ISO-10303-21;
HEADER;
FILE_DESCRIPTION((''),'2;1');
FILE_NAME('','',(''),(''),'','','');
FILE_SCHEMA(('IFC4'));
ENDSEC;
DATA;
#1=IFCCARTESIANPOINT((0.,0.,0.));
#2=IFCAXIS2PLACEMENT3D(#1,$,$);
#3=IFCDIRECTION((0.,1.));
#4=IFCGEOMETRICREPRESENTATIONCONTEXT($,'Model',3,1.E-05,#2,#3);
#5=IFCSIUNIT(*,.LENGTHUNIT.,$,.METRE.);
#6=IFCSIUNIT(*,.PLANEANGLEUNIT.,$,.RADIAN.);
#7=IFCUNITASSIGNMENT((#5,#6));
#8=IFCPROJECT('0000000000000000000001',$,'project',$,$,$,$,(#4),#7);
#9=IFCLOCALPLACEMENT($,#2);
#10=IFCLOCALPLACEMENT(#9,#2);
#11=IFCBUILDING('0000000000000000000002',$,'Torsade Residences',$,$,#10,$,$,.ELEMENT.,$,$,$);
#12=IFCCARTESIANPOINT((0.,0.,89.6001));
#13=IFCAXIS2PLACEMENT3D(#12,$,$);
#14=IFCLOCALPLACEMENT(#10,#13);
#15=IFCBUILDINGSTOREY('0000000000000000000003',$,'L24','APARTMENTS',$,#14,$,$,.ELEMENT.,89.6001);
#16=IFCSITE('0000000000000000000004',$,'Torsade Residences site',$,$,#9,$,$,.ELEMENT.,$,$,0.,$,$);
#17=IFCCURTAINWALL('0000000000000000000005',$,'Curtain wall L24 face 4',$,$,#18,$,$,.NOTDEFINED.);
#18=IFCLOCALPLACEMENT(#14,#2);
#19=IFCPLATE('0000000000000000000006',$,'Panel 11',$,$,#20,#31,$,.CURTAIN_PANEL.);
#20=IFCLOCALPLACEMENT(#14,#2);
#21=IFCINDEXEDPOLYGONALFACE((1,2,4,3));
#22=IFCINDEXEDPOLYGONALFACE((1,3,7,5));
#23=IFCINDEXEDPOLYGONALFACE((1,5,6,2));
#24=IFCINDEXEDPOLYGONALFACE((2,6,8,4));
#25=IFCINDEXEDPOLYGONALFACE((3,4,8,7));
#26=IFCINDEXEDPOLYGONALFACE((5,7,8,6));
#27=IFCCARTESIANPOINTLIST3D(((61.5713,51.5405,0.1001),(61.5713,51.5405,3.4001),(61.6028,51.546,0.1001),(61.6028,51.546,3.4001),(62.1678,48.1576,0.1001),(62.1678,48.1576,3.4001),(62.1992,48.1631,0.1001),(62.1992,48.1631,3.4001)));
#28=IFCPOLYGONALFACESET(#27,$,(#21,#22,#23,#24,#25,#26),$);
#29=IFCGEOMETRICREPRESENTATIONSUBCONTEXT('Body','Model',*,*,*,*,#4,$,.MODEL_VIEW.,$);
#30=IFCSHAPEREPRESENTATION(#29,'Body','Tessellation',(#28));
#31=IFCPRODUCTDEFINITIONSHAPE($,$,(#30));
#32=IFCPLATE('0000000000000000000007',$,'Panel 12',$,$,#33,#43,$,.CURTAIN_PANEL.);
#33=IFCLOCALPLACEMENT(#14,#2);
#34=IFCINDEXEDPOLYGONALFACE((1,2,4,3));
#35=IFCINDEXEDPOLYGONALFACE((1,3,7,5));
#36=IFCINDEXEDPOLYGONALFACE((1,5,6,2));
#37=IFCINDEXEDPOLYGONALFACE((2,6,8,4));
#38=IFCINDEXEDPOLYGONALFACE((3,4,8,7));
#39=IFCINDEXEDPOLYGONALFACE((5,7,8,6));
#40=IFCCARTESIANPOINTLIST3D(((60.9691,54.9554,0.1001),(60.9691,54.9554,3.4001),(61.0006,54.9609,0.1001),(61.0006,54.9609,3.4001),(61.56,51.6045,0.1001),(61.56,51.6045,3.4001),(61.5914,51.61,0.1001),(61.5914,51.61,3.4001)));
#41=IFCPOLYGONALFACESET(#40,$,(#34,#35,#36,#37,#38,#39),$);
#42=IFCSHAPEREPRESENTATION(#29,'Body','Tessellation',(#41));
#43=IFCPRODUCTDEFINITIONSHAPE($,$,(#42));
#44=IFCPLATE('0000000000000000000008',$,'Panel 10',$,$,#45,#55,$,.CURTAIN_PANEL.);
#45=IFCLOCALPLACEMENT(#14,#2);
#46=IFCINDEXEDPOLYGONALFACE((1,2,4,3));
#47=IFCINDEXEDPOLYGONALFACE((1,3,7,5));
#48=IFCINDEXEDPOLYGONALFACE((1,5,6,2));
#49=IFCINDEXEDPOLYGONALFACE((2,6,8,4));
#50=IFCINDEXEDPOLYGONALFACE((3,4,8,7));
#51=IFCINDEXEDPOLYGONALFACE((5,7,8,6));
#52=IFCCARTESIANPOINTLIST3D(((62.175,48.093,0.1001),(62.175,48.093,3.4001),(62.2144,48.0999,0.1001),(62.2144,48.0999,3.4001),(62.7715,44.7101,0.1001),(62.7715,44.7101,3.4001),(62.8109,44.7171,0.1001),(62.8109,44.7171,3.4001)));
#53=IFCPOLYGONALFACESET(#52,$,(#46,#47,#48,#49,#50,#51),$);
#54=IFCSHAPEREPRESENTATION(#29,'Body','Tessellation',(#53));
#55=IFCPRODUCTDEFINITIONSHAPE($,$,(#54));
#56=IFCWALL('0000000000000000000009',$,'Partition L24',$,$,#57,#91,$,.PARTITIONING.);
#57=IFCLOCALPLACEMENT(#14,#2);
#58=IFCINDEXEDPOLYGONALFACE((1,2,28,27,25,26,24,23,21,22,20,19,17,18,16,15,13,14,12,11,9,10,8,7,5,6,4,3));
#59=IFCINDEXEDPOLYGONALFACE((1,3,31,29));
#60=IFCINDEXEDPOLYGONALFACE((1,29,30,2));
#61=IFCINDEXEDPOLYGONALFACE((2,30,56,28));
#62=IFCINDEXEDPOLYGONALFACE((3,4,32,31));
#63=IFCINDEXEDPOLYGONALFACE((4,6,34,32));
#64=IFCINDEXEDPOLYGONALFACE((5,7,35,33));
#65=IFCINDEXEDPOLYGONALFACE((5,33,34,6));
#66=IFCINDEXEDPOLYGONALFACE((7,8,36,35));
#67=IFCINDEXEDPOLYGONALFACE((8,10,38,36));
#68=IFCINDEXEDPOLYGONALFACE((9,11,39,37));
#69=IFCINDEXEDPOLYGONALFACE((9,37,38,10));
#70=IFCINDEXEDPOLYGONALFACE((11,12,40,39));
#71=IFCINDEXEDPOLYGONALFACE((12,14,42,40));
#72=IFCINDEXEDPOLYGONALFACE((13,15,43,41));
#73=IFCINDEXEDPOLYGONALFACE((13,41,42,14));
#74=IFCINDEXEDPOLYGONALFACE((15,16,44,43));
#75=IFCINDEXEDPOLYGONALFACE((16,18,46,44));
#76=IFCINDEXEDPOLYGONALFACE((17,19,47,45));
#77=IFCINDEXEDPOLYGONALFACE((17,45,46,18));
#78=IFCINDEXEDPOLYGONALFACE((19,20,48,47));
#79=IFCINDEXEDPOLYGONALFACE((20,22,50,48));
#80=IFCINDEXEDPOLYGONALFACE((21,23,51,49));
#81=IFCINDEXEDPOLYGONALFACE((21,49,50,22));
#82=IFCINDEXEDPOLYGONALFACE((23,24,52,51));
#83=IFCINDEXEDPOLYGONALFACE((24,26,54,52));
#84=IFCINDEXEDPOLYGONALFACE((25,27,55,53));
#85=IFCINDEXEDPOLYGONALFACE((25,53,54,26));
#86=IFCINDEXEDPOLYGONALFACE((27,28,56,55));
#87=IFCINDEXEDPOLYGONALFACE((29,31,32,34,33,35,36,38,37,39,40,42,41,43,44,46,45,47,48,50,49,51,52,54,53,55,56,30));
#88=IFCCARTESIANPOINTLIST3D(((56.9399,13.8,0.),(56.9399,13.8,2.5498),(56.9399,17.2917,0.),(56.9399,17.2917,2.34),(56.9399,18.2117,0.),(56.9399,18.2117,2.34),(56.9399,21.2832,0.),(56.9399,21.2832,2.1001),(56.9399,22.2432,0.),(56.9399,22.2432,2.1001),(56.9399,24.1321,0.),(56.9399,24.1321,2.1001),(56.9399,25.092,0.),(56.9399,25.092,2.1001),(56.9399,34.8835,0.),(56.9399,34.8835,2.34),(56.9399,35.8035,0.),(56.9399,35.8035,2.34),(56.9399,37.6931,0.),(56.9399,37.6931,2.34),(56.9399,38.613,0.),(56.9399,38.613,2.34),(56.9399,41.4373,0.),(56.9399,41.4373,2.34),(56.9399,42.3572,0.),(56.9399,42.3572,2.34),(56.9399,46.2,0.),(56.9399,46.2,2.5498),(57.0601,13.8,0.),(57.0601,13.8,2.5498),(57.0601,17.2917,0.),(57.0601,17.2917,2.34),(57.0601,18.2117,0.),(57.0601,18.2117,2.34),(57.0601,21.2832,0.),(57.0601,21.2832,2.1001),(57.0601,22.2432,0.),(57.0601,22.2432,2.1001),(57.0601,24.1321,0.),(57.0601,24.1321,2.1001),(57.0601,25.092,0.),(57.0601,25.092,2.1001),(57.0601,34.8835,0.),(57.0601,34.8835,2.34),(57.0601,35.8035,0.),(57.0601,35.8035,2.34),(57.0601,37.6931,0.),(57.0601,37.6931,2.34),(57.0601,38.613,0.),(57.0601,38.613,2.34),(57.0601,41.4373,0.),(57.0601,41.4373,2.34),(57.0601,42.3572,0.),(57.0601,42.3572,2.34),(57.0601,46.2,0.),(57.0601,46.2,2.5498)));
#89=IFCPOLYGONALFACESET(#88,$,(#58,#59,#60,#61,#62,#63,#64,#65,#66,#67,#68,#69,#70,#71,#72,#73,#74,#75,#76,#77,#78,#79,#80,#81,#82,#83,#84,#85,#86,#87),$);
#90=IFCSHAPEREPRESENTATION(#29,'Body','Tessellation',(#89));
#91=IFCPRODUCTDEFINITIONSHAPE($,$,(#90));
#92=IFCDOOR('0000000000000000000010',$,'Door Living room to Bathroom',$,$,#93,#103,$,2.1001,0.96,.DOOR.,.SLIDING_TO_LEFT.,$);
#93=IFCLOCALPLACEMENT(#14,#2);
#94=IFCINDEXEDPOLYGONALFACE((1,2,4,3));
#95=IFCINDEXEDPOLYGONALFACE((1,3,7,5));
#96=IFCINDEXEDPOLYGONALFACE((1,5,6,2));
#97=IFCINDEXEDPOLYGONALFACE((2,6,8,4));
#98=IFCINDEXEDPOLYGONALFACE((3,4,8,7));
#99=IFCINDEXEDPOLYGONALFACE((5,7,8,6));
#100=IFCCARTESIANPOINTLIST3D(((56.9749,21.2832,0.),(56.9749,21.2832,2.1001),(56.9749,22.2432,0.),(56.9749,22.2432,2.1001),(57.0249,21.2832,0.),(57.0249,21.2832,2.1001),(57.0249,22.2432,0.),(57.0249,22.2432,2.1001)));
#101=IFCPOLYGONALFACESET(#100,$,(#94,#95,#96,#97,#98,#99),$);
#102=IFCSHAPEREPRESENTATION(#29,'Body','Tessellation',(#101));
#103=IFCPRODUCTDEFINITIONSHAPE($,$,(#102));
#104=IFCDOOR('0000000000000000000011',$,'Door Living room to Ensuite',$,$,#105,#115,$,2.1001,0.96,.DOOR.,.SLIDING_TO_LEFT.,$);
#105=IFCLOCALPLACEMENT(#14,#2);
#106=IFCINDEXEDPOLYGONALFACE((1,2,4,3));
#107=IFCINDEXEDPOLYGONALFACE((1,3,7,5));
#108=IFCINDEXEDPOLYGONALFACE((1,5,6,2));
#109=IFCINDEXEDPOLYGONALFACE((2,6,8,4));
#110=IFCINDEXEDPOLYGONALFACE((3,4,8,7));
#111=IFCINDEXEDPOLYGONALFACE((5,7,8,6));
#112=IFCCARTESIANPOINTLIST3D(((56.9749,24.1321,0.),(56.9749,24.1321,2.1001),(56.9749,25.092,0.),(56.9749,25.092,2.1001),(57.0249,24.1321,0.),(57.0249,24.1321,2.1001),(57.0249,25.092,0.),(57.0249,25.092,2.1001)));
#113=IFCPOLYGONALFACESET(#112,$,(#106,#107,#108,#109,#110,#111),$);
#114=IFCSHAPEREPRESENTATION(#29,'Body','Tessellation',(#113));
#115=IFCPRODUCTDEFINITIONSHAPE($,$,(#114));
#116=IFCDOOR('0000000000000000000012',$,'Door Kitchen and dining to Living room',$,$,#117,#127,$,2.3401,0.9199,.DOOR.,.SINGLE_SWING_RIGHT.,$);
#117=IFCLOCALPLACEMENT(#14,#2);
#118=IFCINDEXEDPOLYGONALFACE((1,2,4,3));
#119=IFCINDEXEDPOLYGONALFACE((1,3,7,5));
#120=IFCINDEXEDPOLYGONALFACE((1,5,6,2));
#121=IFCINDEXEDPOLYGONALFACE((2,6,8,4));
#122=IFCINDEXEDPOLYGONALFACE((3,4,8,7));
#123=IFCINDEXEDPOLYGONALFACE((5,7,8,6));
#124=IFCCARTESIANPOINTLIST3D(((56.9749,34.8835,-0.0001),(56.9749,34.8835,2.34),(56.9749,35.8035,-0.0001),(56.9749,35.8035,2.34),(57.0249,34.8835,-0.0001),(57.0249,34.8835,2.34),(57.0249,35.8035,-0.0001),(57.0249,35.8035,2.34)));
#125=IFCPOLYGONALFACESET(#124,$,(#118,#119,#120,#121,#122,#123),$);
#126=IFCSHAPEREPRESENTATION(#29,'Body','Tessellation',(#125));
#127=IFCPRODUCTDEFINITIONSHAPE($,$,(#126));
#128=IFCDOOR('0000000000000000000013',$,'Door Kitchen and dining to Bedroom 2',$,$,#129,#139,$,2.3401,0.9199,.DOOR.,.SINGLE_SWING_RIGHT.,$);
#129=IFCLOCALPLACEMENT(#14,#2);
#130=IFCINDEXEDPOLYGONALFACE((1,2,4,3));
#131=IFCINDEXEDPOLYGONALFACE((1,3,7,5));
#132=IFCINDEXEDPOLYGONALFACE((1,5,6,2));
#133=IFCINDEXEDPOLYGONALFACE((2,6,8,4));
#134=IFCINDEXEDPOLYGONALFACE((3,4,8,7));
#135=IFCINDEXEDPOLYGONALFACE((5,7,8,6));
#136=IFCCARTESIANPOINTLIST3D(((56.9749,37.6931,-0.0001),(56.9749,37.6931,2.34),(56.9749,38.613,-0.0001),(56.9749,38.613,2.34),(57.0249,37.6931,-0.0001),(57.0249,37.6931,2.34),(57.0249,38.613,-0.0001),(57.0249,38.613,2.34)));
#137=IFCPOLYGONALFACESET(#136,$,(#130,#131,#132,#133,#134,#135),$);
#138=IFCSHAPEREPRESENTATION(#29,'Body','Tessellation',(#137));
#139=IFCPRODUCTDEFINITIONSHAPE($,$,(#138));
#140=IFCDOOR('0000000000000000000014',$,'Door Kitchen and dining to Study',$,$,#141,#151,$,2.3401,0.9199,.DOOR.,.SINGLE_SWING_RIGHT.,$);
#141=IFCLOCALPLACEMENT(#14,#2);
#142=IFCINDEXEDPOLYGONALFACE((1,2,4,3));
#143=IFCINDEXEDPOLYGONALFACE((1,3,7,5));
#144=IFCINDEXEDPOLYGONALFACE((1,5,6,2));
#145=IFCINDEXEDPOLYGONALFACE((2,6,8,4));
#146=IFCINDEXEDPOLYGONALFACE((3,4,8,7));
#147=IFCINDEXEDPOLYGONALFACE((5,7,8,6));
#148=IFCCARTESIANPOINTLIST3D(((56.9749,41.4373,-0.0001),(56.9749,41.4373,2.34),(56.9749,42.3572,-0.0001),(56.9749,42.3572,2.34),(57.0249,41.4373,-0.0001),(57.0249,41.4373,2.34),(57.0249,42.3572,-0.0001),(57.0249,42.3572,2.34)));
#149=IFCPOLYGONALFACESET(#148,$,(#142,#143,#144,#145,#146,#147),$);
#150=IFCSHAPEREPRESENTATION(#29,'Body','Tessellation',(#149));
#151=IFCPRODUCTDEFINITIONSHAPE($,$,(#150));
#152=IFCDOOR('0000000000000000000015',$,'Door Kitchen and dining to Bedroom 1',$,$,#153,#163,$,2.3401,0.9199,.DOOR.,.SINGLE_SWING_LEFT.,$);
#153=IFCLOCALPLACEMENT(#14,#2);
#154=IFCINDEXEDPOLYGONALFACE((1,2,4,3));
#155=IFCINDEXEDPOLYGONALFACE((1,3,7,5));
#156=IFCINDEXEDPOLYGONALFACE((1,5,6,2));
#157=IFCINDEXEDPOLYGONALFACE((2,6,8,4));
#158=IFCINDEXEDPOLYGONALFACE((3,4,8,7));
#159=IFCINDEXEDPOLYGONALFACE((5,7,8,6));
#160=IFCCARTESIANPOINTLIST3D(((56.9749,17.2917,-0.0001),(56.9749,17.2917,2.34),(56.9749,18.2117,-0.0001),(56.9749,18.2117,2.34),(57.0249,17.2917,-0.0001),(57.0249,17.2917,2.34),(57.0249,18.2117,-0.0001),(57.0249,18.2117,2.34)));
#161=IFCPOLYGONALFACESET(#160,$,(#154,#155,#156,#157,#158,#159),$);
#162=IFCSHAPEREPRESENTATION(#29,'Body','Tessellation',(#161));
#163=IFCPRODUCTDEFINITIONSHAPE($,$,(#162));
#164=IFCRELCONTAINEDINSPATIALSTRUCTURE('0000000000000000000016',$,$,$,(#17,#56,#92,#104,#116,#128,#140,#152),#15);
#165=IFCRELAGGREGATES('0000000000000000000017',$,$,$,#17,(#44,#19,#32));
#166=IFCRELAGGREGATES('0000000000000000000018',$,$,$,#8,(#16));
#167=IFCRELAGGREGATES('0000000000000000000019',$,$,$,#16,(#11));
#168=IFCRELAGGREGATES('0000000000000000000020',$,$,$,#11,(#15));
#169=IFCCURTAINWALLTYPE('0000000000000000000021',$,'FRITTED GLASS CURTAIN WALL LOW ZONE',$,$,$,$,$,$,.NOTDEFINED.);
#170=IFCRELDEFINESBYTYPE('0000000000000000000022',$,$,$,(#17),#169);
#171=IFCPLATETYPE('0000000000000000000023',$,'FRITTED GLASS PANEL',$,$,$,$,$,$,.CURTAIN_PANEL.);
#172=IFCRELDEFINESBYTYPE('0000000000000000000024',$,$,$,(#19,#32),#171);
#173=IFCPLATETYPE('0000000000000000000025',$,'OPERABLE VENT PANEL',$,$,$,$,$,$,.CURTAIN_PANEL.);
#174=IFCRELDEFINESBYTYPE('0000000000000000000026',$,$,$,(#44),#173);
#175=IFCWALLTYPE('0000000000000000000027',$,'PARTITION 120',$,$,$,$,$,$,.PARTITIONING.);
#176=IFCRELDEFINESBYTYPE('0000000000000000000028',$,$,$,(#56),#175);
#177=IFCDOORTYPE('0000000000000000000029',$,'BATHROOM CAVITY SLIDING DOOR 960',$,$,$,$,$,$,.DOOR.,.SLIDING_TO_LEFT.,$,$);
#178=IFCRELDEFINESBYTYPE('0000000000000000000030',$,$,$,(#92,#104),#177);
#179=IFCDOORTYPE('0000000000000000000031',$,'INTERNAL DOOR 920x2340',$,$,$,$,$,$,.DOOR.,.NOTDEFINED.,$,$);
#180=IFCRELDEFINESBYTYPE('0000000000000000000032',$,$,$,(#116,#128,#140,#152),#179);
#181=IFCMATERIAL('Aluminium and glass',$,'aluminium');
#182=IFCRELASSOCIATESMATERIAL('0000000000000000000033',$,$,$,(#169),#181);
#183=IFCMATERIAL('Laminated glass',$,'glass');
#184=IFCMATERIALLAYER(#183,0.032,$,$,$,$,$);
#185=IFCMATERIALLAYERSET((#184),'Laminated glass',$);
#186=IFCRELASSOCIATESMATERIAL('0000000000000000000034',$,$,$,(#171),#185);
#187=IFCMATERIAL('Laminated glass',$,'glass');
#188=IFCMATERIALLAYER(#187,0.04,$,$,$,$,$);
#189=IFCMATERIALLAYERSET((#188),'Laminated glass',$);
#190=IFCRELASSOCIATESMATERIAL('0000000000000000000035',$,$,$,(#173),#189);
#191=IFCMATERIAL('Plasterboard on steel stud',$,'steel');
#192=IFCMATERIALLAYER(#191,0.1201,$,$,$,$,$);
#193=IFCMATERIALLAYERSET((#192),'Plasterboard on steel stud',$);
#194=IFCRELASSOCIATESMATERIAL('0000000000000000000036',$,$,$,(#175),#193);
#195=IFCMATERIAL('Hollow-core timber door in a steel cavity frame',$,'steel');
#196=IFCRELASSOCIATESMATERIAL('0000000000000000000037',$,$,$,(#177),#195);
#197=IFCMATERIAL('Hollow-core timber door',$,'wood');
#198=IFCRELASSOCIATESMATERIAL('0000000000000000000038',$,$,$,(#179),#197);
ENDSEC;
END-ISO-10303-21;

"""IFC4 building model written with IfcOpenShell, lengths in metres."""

from ifc_helpers import new_model, si_unit, direction, frame, frame_2d, origin, origin_2d, place, context, subcontext, project, spatial, rectangle, extrude, material, layer, layer_set, type_object, element, fill, aggregate, save


model = new_model("IFC4")

# Units and contexts
model_context = context("Model", 3, precision=1e-05, world=origin(), true_north=direction((0.0, 1.0)))
body_context = subcontext(model_context, "Body", "Model", "MODEL_VIEW")
ifc_project = project(units=[si_unit("LENGTHUNIT", "METRE"), si_unit("PLANEANGLEUNIT", "RADIAN")], contexts=[model_context])

# Site, building, storey
site_placement = place(None, origin())
site = spatial("IfcSite", under=ifc_project, at=site_placement, Name="Torsade Residences site", CompositionType="ELEMENT", RefElevation=0.0)
building_placement = place(site_placement, origin())
building = spatial("IfcBuilding", under=site, at=building_placement, Name="Torsade Residences", CompositionType="ELEMENT")
storey_placement = place(building_placement, frame((0.0, 0.0, 89.6001)))
storey = spatial("IfcBuildingStorey", under=building, at=storey_placement, Name="L24", Description="APARTMENTS", CompositionType="ELEMENT", Elevation=89.6001)

# Curtain wall
ifc_material_1 = material(Name="Aluminium and glass", Category="aluminium")
curtain_wall_type = type_object("IfcCurtainWallType", Name="FRITTED GLASS CURTAIN WALL LOW ZONE", PredefinedType="NOTDEFINED", material=ifc_material_1)
curtain_wall_placement = place(storey_placement, origin())
curtain_wall = element("IfcCurtainWall", 1, at=curtain_wall_placement, inside=storey, type_object=curtain_wall_type, Name="Curtain wall L24 face 4", PredefinedType="NOTDEFINED")

# Plates
ifc_material_2 = material(Name="Laminated glass", Category="glass")
ifc_layer_1 = layer(ifc_material_2, 0.032)
ifc_layer_set_1 = layer_set([ifc_layer_1], Name="Laminated glass")
plate_type_1 = type_object("IfcPlateType", Name="FRITTED GLASS PANEL", PredefinedType="CURTAIN_PANEL", material=ifc_layer_set_1)
plate_1_placement = place(storey_placement, frame((61.8853, 49.8518, 0.1001), z_axis=(0.0, 0.0, 1.0), x_axis=(-0.173648, 0.984808, 0.0)))
plate_1 = element("IfcPlate", 2, at=plate_1_placement, type_object=plate_type_1, Name="Panel 11", PredefinedType="CURTAIN_PANEL", context=body_context, shape_type="SweptSolid", body=[
    extrude(rectangle(XDim=3.4351, YDim=0.032, at=origin_2d()), origin(), (0.0, 0.0, 1.0), 3.3),
])
plate_2_placement = place(storey_placement, frame((61.2803, 53.2827, 0.1001), z_axis=(0.0, 0.0, 1.0), x_axis=(-0.173648, 0.984808, 0.0)))
plate_2 = element("IfcPlate", 3, at=plate_2_placement, type_object=plate_type_1, Name="Panel 12", PredefinedType="CURTAIN_PANEL", context=body_context, shape_type="SweptSolid", body=[
    extrude(rectangle(XDim=3.4026, YDim=0.032, at=origin_2d()), origin(), (0.0, 0.0, 1.0), 3.3),
])
ifc_material_3 = material(Name="Laminated glass", Category="glass")
ifc_layer_2 = layer(ifc_material_3, 0.04)
ifc_layer_set_2 = layer_set([ifc_layer_2], Name="Laminated glass")
plate_type_2 = type_object("IfcPlateType", Name="OPERABLE VENT PANEL", PredefinedType="CURTAIN_PANEL", material=ifc_layer_set_2)
plate_3_placement = place(storey_placement, frame((62.4929, 46.405, 0.1001), z_axis=(0.0, 0.0, 1.0), x_axis=(-0.173648, 0.984808, 0.0)))
plate_3 = element("IfcPlate", 4, at=plate_3_placement, type_object=plate_type_2, Name="Panel 10", PredefinedType="CURTAIN_PANEL", context=body_context, shape_type="SweptSolid", body=[
    extrude(rectangle(XDim=3.4351, YDim=0.04, at=origin_2d()), origin(), (0.0, 0.0, 1.0), 3.3),
])
aggregate(curtain_wall, [plate_3, plate_1, plate_2])

# Wall, openings, doors
ifc_material_4 = material(Name="Plasterboard on steel stud", Category="steel")
ifc_layer_3 = layer(ifc_material_4, 0.1201)
ifc_layer_set_3 = layer_set([ifc_layer_3], Name="Plasterboard on steel stud")
wall_type = type_object("IfcWallType", Name="PARTITION 120", PredefinedType="PARTITIONING", material=ifc_layer_set_3)
wall_1_placement = place(storey_placement, frame((57.0, 46.2, 0.0), z_axis=(0.0, 0.0, 1.0), x_axis=(0.0, -1.0, 0.0)))
wall_1 = element("IfcWall", 5, at=wall_1_placement, inside=storey, type_object=wall_type, Name="Partition L24", PredefinedType="PARTITIONING", context=body_context, shape_type="SweptSolid", body=[
    extrude(rectangle(XDim=32.3999, YDim=0.1201, at=frame_2d((16.2, 0.0))), origin(), (0.0, 0.0, 1.0), 2.5498),
])
opening_1_placement = place(wall_1_placement, frame((10.3965, 0.0, 0.0)))
opening_1 = element("IfcOpeningElement", 6, at=opening_1_placement, cuts=wall_1, PredefinedType="OPENING", context=body_context, shape_type="SweptSolid", body=[
    extrude(rectangle(XDim=0.9199, YDim=2.3401, at=frame_2d((0.46, 1.1699))), frame((0.0, 0.0701, 0.0), z_axis=(0.0, -1.0, 0.0), x_axis=(1.0, 0.0, 0.0)), (0.0, 0.0, 1.0), 0.1401),
])
opening_2_placement = place(wall_1_placement, frame((7.5869, 0.0, 0.0)))
opening_2 = element("IfcOpeningElement", 7, at=opening_2_placement, cuts=wall_1, PredefinedType="OPENING", context=body_context, shape_type="SweptSolid", body=[
    extrude(rectangle(XDim=0.9199, YDim=2.3401, at=frame_2d((0.46, 1.1699))), frame((0.0, 0.0701, 0.0), z_axis=(0.0, -1.0, 0.0), x_axis=(1.0, 0.0, 0.0)), (0.0, 0.0, 1.0), 0.1401),
])
opening_3_placement = place(wall_1_placement, frame((3.8428, 0.0, 0.0)))
opening_3 = element("IfcOpeningElement", 8, at=opening_3_placement, cuts=wall_1, PredefinedType="OPENING", context=body_context, shape_type="SweptSolid", body=[
    extrude(rectangle(XDim=0.9199, YDim=2.3401, at=frame_2d((0.46, 1.1699))), frame((0.0, 0.0701, 0.0), z_axis=(0.0, -1.0, 0.0), x_axis=(1.0, 0.0, 0.0)), (0.0, 0.0, 1.0), 0.1401),
])
opening_4_placement = place(wall_1_placement, frame((27.9883, 0.0, 0.0)))
opening_4 = element("IfcOpeningElement", 9, at=opening_4_placement, cuts=wall_1, PredefinedType="OPENING", context=body_context, shape_type="SweptSolid", body=[
    extrude(rectangle(XDim=0.9199, YDim=2.3401, at=frame_2d((0.46, 1.1699))), frame((0.0, 0.0701, 0.0), z_axis=(0.0, -1.0, 0.0), x_axis=(1.0, 0.0, 0.0)), (0.0, 0.0, 1.0), 0.1401),
])
opening_5_placement = place(wall_1_placement, frame((23.9568, 0.0, 0.0)))
opening_5 = element("IfcOpeningElement", 10, at=opening_5_placement, cuts=wall_1, PredefinedType="OPENING", context=body_context, shape_type="SweptSolid", body=[
    extrude(rectangle(XDim=0.96, YDim=2.1001, at=frame_2d((0.48, 1.05))), frame((0.0, 0.0701, 0.0), z_axis=(0.0, -1.0, 0.0), x_axis=(1.0, 0.0, 0.0)), (0.0, 0.0, 1.0), 0.1401),
])
opening_6_placement = place(wall_1_placement, frame((21.1079, 0.0, 0.0)))
opening_6 = element("IfcOpeningElement", 11, at=opening_6_placement, cuts=wall_1, PredefinedType="OPENING", context=body_context, shape_type="SweptSolid", body=[
    extrude(rectangle(XDim=0.96, YDim=2.1001, at=frame_2d((0.48, 1.05))), frame((0.0, 0.0701, 0.0), z_axis=(0.0, -1.0, 0.0), x_axis=(1.0, 0.0, 0.0)), (0.0, 0.0, 1.0), 0.1401),
])
ifc_material_5 = material(Name="Hollow-core timber door in a steel cavity frame", Category="steel")
door_type_1 = type_object("IfcDoorType", Name="BATHROOM CAVITY SLIDING DOOR 960", OperationType="SLIDING_TO_LEFT", PredefinedType="DOOR", material=ifc_material_5)
door_1_placement = place(opening_5_placement, origin())
door_1 = element("IfcDoor", 12, at=door_1_placement, inside=storey, type_object=door_type_1, Name="Door Living room to Bathroom", OperationType="SLIDING_TO_LEFT", OverallHeight=2.1001, OverallWidth=0.96, PredefinedType="DOOR", context=body_context, shape_type="SweptSolid", body=[
    extrude(rectangle(XDim=0.96, YDim=2.1001, at=frame_2d((0.48, 1.05))), frame((0.0, 0.0249, 0.0), z_axis=(0.0, -1.0, 0.0), x_axis=(1.0, 0.0, 0.0)), (0.0, 0.0, 1.0), 0.05),
])
fill(opening_5, door_1)
door_2_placement = place(opening_6_placement, origin())
door_2 = element("IfcDoor", 13, at=door_2_placement, inside=storey, type_object=door_type_1, Name="Door Living room to Ensuite", OperationType="SLIDING_TO_LEFT", OverallHeight=2.1001, OverallWidth=0.96, PredefinedType="DOOR", context=body_context, shape_type="SweptSolid", body=[
    extrude(rectangle(XDim=0.96, YDim=2.1001, at=frame_2d((0.48, 1.05))), frame((0.0, 0.0249, 0.0), z_axis=(0.0, -1.0, 0.0), x_axis=(1.0, 0.0, 0.0)), (0.0, 0.0, 1.0), 0.05),
])
fill(opening_6, door_2)
ifc_material_6 = material(Name="Hollow-core timber door", Category="wood")
door_type_2 = type_object("IfcDoorType", Name="INTERNAL DOOR 920x2340", OperationType="NOTDEFINED", PredefinedType="DOOR", material=ifc_material_6)
door_3_placement = place(opening_1_placement, origin())
door_3 = element("IfcDoor", 14, at=door_3_placement, inside=storey, type_object=door_type_2, Name="Door Kitchen and dining to Living room", OperationType="SINGLE_SWING_RIGHT", OverallHeight=2.3401, OverallWidth=0.9199, PredefinedType="DOOR", context=body_context, shape_type="SweptSolid", body=[
    extrude(rectangle(XDim=0.9199, YDim=2.3401, at=frame_2d((0.46, 1.1699))), frame((0.0, 0.0249, 0.0), z_axis=(0.0, -1.0, 0.0), x_axis=(1.0, 0.0, 0.0)), (0.0, 0.0, 1.0), 0.05),
])
fill(opening_1, door_3)
door_4_placement = place(opening_2_placement, origin())
door_4 = element("IfcDoor", 15, at=door_4_placement, inside=storey, type_object=door_type_2, Name="Door Kitchen and dining to Bedroom 2", OperationType="SINGLE_SWING_RIGHT", OverallHeight=2.3401, OverallWidth=0.9199, PredefinedType="DOOR", context=body_context, shape_type="SweptSolid", body=[
    extrude(rectangle(XDim=0.9199, YDim=2.3401, at=frame_2d((0.46, 1.1699))), frame((0.0, 0.0249, 0.0), z_axis=(0.0, -1.0, 0.0), x_axis=(1.0, 0.0, 0.0)), (0.0, 0.0, 1.0), 0.05),
])
fill(opening_2, door_4)
door_5_placement = place(opening_3_placement, origin())
door_5 = element("IfcDoor", 16, at=door_5_placement, inside=storey, type_object=door_type_2, Name="Door Kitchen and dining to Study", OperationType="SINGLE_SWING_RIGHT", OverallHeight=2.3401, OverallWidth=0.9199, PredefinedType="DOOR", context=body_context, shape_type="SweptSolid", body=[
    extrude(rectangle(XDim=0.9199, YDim=2.3401, at=frame_2d((0.46, 1.1699))), frame((0.0, 0.0249, 0.0), z_axis=(0.0, -1.0, 0.0), x_axis=(1.0, 0.0, 0.0)), (0.0, 0.0, 1.0), 0.05),
])
fill(opening_3, door_5)
door_6_placement = place(opening_4_placement, origin())
door_6 = element("IfcDoor", 17, at=door_6_placement, inside=storey, type_object=door_type_2, Name="Door Kitchen and dining to Bedroom 1", OperationType="SINGLE_SWING_LEFT", OverallHeight=2.3401, OverallWidth=0.9199, PredefinedType="DOOR", context=body_context, shape_type="SweptSolid", body=[
    extrude(rectangle(XDim=0.9199, YDim=2.3401, at=frame_2d((0.46, 1.1699))), frame((0.0, 0.0249, 0.0), z_axis=(0.0, -1.0, 0.0), x_axis=(1.0, 0.0, 0.0)), (0.0, 0.0, 1.0), 0.05),
])
fill(opening_4, door_6)

save(model, "model.ifc")
